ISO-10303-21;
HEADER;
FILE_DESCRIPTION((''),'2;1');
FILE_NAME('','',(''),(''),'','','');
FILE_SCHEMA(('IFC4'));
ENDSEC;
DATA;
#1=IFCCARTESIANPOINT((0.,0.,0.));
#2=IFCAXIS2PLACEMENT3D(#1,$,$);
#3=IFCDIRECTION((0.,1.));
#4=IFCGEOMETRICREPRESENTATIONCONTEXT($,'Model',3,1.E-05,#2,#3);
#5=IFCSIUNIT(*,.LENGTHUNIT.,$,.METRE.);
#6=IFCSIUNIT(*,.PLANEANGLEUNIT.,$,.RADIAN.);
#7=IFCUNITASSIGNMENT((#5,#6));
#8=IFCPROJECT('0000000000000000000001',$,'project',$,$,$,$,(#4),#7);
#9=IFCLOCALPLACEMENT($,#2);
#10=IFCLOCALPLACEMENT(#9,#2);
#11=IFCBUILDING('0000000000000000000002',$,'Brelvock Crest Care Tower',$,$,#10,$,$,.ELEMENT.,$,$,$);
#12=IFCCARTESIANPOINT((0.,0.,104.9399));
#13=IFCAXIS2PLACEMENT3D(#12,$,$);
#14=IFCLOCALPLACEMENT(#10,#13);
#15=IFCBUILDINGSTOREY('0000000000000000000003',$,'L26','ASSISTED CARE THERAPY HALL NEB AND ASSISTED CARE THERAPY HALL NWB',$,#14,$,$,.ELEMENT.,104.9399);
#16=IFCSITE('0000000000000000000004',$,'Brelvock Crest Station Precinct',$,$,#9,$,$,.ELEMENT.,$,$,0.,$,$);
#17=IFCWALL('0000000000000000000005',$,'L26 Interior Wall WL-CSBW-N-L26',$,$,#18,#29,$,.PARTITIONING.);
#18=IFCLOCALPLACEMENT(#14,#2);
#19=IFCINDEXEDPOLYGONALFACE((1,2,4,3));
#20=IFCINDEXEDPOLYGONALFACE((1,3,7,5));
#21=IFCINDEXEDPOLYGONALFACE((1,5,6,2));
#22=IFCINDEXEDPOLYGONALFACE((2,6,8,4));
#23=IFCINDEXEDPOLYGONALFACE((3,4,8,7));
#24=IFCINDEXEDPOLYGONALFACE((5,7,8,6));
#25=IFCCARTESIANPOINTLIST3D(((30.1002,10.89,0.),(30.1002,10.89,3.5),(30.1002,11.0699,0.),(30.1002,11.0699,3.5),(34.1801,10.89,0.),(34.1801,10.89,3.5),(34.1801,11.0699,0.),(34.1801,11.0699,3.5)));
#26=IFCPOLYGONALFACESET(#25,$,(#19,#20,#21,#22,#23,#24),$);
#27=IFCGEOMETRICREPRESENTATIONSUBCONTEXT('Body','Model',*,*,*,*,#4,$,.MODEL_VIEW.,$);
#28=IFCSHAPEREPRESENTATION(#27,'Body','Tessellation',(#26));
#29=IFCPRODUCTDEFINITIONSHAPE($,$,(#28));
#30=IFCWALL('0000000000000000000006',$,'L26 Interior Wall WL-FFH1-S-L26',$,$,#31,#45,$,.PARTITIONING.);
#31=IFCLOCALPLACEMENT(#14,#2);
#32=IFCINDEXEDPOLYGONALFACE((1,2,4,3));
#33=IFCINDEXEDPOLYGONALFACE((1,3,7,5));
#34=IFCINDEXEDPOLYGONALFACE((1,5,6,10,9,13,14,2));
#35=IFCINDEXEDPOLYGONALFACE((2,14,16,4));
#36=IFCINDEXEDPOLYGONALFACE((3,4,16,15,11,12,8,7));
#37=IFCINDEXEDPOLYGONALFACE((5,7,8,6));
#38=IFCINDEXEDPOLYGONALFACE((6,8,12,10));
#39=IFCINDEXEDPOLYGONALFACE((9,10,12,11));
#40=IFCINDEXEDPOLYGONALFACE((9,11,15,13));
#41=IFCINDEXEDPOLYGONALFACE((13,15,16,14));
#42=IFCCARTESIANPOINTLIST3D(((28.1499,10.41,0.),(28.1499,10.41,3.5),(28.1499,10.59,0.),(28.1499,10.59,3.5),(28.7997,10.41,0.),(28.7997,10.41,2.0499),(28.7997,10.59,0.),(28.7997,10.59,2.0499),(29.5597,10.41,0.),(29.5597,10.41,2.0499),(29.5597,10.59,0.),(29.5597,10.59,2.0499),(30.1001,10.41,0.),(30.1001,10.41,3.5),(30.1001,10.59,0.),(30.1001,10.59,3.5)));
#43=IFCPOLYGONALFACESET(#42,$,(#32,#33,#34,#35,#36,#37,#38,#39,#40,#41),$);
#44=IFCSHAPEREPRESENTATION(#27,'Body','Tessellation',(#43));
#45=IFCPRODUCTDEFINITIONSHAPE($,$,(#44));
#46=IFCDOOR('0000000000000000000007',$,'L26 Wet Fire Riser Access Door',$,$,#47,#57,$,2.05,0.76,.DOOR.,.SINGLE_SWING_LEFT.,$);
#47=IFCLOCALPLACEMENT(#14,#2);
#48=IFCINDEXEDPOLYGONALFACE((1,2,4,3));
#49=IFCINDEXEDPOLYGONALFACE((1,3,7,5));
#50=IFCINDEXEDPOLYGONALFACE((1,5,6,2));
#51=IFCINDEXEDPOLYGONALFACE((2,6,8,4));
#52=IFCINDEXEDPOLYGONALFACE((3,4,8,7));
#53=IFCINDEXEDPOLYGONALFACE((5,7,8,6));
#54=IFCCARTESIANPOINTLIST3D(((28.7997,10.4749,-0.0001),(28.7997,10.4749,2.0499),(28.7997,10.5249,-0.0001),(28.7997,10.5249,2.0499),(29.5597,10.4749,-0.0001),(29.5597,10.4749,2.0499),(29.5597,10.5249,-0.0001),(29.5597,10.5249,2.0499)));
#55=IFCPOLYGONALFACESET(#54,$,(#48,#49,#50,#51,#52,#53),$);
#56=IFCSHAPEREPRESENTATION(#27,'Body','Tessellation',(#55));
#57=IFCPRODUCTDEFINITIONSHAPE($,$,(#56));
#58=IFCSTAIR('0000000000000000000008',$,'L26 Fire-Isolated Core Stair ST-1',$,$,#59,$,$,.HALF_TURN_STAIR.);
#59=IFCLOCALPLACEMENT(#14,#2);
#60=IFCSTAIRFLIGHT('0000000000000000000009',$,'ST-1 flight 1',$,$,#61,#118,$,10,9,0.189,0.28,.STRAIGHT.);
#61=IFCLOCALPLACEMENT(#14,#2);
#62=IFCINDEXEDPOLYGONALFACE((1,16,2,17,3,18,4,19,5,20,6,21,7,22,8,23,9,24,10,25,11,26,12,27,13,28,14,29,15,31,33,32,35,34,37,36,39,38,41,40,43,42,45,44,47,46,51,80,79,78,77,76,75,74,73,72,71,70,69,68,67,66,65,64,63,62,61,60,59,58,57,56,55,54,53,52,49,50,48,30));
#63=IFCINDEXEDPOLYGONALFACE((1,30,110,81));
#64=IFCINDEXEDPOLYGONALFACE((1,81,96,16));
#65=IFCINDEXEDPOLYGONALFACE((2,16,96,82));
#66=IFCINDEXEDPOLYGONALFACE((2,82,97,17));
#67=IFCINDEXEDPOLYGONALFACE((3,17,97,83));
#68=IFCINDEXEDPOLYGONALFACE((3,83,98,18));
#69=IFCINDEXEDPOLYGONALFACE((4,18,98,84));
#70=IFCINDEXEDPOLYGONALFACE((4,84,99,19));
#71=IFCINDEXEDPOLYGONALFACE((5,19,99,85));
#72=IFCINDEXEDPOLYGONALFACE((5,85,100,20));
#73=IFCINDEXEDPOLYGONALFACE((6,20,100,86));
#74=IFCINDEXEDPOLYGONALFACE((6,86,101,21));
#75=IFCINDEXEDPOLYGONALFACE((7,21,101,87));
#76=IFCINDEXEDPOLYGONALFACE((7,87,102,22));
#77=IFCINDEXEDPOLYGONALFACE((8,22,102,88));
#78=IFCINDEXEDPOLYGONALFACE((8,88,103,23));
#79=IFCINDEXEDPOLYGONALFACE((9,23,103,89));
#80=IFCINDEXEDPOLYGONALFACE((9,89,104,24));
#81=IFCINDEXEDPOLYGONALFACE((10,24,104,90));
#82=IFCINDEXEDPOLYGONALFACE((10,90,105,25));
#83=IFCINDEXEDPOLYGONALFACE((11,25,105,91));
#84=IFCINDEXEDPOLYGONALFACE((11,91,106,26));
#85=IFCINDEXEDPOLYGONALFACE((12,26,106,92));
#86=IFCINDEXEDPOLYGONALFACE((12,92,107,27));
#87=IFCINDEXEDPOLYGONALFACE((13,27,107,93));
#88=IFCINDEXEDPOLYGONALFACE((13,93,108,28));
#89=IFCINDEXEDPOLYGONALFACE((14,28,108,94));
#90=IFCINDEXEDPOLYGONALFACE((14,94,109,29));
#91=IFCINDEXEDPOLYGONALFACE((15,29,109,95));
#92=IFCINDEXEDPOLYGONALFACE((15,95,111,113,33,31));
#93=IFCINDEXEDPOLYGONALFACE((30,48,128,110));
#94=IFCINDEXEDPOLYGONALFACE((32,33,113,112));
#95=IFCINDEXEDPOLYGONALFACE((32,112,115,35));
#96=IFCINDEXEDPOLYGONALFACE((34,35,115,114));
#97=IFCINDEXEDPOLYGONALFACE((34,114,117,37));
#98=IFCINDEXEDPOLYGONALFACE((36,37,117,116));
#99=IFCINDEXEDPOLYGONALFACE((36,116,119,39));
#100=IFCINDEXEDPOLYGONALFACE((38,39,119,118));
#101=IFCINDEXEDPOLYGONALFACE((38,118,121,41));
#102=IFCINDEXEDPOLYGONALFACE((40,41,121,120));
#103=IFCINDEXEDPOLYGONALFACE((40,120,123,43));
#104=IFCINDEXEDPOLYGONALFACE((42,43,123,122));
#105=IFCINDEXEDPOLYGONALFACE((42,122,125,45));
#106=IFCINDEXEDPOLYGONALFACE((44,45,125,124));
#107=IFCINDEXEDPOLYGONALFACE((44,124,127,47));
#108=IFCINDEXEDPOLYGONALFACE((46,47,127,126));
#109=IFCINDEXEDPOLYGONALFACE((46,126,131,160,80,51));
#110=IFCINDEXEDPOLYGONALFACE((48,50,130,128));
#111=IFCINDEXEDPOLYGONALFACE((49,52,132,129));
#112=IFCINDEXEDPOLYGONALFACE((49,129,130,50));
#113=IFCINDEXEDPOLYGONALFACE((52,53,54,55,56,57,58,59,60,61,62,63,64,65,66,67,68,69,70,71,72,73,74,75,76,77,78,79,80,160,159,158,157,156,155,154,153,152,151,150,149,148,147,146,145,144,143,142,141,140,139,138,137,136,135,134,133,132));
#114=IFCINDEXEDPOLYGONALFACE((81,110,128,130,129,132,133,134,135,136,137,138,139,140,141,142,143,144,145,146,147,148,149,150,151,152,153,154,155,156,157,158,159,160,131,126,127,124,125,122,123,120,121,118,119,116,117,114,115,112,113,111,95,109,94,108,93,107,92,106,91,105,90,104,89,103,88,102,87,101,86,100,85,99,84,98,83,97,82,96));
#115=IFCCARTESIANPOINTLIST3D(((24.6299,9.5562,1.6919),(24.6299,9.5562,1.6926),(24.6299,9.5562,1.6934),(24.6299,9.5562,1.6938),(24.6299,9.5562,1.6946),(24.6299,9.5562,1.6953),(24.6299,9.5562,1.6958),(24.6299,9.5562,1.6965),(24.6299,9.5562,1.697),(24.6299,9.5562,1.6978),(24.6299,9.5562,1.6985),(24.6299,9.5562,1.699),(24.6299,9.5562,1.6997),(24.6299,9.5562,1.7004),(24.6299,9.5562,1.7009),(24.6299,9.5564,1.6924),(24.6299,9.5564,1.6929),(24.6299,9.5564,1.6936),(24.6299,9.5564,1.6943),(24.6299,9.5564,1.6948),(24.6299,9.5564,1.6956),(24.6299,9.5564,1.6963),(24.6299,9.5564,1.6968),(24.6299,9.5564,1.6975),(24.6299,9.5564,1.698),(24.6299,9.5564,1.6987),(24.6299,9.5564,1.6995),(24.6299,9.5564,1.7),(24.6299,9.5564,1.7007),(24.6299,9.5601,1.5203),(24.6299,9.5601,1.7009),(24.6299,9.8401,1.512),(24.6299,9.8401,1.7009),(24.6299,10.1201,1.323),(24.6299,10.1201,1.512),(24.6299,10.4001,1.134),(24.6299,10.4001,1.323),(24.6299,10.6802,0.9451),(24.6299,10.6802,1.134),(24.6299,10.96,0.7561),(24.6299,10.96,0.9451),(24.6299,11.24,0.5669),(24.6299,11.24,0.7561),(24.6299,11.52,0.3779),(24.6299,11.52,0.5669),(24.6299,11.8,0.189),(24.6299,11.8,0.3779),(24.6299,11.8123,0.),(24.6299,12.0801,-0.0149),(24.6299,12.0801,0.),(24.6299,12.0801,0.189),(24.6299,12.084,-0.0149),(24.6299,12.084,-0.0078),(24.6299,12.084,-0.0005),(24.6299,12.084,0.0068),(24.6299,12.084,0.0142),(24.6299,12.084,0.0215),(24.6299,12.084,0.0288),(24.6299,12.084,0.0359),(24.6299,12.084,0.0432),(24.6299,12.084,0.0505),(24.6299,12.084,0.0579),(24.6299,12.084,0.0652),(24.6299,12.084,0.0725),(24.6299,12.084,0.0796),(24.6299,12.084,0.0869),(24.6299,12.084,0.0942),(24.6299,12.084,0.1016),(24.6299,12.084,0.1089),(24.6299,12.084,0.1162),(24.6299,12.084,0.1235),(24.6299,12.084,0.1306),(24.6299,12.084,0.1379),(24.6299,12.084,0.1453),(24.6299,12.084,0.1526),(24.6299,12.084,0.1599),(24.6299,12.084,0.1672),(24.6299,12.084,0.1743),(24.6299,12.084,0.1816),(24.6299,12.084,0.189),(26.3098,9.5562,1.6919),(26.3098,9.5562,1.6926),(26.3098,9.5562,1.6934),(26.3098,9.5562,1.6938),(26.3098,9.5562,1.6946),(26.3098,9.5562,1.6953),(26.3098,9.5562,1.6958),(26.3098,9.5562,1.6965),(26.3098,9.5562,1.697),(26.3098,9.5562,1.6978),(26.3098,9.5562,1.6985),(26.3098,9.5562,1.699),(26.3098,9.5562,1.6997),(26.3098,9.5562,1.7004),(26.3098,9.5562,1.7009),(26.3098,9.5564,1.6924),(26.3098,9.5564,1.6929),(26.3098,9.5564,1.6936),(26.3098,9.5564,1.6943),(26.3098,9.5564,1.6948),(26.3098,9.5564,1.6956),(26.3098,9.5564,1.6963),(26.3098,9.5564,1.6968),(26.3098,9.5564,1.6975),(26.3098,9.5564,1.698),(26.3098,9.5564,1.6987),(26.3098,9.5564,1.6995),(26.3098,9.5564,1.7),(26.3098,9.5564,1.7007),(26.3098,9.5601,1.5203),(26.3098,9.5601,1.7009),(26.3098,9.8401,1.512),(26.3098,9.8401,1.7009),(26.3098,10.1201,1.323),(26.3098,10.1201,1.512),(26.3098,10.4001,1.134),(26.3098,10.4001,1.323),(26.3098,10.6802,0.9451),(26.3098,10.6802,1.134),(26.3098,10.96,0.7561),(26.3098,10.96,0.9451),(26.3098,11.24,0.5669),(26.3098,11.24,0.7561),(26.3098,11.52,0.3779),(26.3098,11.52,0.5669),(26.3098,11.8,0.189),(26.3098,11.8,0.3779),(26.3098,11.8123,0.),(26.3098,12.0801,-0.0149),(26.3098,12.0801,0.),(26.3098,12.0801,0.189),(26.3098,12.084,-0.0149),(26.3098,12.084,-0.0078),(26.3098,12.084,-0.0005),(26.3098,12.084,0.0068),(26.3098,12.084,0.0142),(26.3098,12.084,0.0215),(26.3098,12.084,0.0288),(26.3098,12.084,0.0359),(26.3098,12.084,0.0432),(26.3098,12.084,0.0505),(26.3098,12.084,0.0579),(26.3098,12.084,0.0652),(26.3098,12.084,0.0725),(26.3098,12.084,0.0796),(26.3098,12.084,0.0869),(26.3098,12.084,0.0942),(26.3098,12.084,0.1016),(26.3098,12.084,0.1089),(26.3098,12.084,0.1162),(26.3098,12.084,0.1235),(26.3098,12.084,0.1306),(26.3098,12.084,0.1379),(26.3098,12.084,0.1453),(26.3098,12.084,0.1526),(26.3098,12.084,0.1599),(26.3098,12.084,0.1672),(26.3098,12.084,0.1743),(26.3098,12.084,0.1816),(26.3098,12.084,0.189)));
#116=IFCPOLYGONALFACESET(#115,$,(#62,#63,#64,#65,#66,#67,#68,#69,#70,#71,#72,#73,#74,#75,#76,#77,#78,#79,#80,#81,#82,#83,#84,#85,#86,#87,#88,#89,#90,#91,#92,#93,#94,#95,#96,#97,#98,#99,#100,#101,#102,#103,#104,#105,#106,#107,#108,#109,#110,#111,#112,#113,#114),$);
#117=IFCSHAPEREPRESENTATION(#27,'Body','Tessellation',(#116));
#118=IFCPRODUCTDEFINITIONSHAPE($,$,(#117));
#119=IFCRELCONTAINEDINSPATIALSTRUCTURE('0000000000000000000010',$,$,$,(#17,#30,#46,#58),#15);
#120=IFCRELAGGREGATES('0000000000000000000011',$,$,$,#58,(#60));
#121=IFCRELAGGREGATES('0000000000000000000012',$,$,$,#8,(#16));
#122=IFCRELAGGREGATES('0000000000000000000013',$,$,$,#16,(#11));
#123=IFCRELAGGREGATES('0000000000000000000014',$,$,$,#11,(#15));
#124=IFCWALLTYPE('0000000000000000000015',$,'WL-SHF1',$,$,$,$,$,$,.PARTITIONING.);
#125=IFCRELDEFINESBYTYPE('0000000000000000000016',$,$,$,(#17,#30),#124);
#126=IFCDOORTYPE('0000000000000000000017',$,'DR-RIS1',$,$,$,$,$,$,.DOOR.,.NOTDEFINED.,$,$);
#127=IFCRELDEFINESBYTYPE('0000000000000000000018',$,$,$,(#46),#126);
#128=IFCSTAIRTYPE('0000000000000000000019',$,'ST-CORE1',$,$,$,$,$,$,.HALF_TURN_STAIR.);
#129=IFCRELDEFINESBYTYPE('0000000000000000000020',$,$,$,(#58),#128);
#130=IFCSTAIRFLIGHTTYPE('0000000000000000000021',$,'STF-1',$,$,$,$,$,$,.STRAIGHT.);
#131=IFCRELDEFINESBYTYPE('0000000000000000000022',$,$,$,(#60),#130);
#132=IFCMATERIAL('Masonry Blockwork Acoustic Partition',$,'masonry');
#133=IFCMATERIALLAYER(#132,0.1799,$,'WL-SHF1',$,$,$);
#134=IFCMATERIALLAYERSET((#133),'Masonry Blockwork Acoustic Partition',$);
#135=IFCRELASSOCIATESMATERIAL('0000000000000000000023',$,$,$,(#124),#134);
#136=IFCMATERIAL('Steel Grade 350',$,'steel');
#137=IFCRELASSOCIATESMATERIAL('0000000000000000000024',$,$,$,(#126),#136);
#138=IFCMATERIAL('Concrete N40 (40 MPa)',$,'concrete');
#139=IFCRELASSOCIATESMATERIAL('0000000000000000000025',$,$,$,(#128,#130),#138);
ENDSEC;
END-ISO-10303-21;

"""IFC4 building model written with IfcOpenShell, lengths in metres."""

from ifc_helpers import new_model, si_unit, direction, frame, frame_2d, origin, origin_2d, place, context, subcontext, project, spatial, polyline, rectangle, outline, extrude, source, transform, mapped, material, layer, layer_set, type_object, element, fill, aggregate, save


model = new_model("IFC4")

# Units and contexts
model_context = context("Model", 3, precision=1e-05, world=origin(), true_north=direction((0.0, 1.0)))
body_context = subcontext(model_context, "Body", "Model", "MODEL_VIEW")
ifc_project = project(units=[si_unit("LENGTHUNIT", "METRE"), si_unit("PLANEANGLEUNIT", "RADIAN")], contexts=[model_context])

# Site, building, storey
site_placement = place(None, origin())
site = spatial("IfcSite", under=ifc_project, at=site_placement, Name="Brelvock Crest Station Precinct", CompositionType="ELEMENT", RefElevation=0.0)
building_placement = place(site_placement, origin())
building = spatial("IfcBuilding", under=site, at=building_placement, Name="Brelvock Crest Care Tower", CompositionType="ELEMENT")
storey_placement = place(building_placement, frame((0.0, 0.0, 104.9399)))
storey = spatial("IfcBuildingStorey", under=building, at=storey_placement, Name="L26", Description="ASSISTED CARE THERAPY HALL NEB AND ASSISTED CARE THERAPY HALL NWB", CompositionType="ELEMENT", Elevation=104.9399)

# Shared definitions
ifc_material_1 = material(Name="Steel Grade 350", Category="steel")

# Wall
ifc_material_2 = material(Name="Masonry Blockwork Acoustic Partition", Category="masonry")
ifc_layer_1 = layer(ifc_material_2, 0.1799, Name="WL-SHF1")
ifc_layer_set_1 = layer_set([ifc_layer_1], Name="Masonry Blockwork Acoustic Partition")
wall_type_1 = type_object("IfcWallType", Name="WL-SHF1", PredefinedType="PARTITIONING", material=ifc_layer_set_1)
wall_1_placement = place(storey_placement, frame((30.1001, 10.98, 0.0), z_axis=(0.0, 0.0, 1.0), x_axis=(1.0, 0.0, 0.0)))
element("IfcWall", 1, at=wall_1_placement, inside=storey, type_object=wall_type_1, Name="L26 Interior Wall WL-CSBW-N-L26", PredefinedType="PARTITIONING", context=body_context, shape_type="SweptSolid", body=[
    extrude(rectangle(XDim=4.0798, YDim=0.1799, at=frame_2d((2.04, 0.0))), origin(), (0.0, 0.0, 1.0), 3.5),
])

# Wall, opening, door
wall_2_placement = place(storey_placement, frame((28.1499, 10.5, 0.0), z_axis=(0.0, 0.0, 1.0), x_axis=(1.0, 0.0, 0.0)))
wall_2 = element("IfcWall", 2, at=wall_2_placement, inside=storey, type_object=wall_type_1, Name="L26 Interior Wall WL-FFH1-S-L26", PredefinedType="PARTITIONING", context=body_context, shape_type="SweptSolid", body=[
    extrude(rectangle(XDim=1.9502, YDim=0.1799, at=frame_2d((0.9751, 0.0))), origin(), (0.0, 0.0, 1.0), 3.5),
])
opening_placement = place(wall_2_placement, frame((0.6499, 0.0, 0.0)))
opening = element("IfcOpeningElement", 3, at=opening_placement, cuts=wall_2, PredefinedType="OPENING", context=body_context, shape_type="SweptSolid", body=[
    extrude(rectangle(XDim=0.76, YDim=2.05, at=origin_2d()), frame((0.3799, 0.1001, 1.0249), z_axis=(0.0, -1.0, 0.0), x_axis=(1.0, 0.0, 0.0)), (0.0, 0.0, 1.0), 0.2),
])
door_type = type_object("IfcDoorType", Name="DR-RIS1", OperationType="NOTDEFINED", PredefinedType="DOOR", material=ifc_material_1)
shared_shape_1 = source(origin(), body_context, "Body", "SweptSolid", [
    extrude(rectangle(XDim=0.76, YDim=2.05, at=origin_2d()), frame((0.3799, 0.0249, 1.0249), z_axis=(0.0, -1.0, 0.0), x_axis=(1.0, 0.0, 0.0)), (0.0, 0.0, 1.0), 0.05),
])
door_placement = place(opening_placement, origin())
door = element("IfcDoor", 4, at=door_placement, inside=storey, type_object=door_type, Name="L26 Wet Fire Riser Access Door", OperationType="SINGLE_SWING_LEFT", OverallHeight=2.05, OverallWidth=0.76, PredefinedType="DOOR", context=body_context, shape_type="MappedRepresentation", body=[
    mapped(shared_shape_1, transform((0.0, 0.0, 0.0), x_axis=(1.0, 0.0, 0.0), y_axis=(0.0, 1.0, 0.0), z_axis=(0.0, 0.0, 1.0), scale=1.0)),
])
fill(opening, door)

# Stair, stair flight
ifc_material_3 = material(Name="Concrete N40 (40 MPa)", Category="concrete")
stair_type = type_object("IfcStairType", Name="ST-CORE1", PredefinedType="HALF_TURN_STAIR", material=ifc_material_3)
stair_placement = place(storey_placement, origin())
stair = element("IfcStair", 5, at=stair_placement, inside=storey, type_object=stair_type, Name="L26 Fire-Isolated Core Stair ST-1", PredefinedType="HALF_TURN_STAIR")
stair_flight_type = type_object("IfcStairFlightType", Name="STF-1", PredefinedType="STRAIGHT", material=ifc_material_3)
stair_flight_1_placement = place(storey_placement, frame((25.47, 12.0801, 0.0), z_axis=(0.0, 0.0, 1.0), x_axis=(0.0, -1.0, 0.0)))
stair_flight_1 = element("IfcStairFlight", 6, at=stair_flight_1_placement, type_object=stair_flight_type, Name="ST-1 flight 1", NumberOfRisers=10, NumberOfTreads=9, PredefinedType="STRAIGHT", RiserHeight=0.189, TreadLength=0.28, context=body_context, shape_type="SweptSolid", body=[
    extrude(outline(polyline([(-0.0039, -0.0149), (-0.0039, -0.0078), (-0.0039, -0.0005), (-0.0039, 0.0068), (-0.0039, 0.0142), (-0.0039, 0.0215), (-0.0039, 0.0288), (-0.0039, 0.0359), (-0.0039, 0.0432), (-0.0039, 0.0505), (-0.0039, 0.0579), (-0.0039, 0.0652), (-0.0039, 0.0725), (-0.0039, 0.0796), (-0.0039, 0.0869), (-0.0039, 0.0942), (-0.0039, 0.1016), (-0.0039, 0.1089), (-0.0039, 0.1162), (-0.0039, 0.1235), (-0.0039, 0.1306), (-0.0039, 0.1379), (-0.0039, 0.1453), (-0.0039, 0.1526), (-0.0039, 0.1599), (-0.0039, 0.1672), (-0.0039, 0.1743), (-0.0039, 0.1816), (-0.0039, 0.189), (0.0, 0.189), (0.28, 0.189), (0.28, 0.3779), (0.5601, 0.3779), (0.5601, 0.5669), (0.8401, 0.5669), (0.8401, 0.7561), (1.1201, 0.7561), (1.1201, 0.9451), (1.3999, 0.9451), (1.3999, 1.134), (1.6799, 1.134), (1.6799, 1.323), (1.96, 1.323), (1.96, 1.512), (2.24, 1.512), (2.24, 1.7009), (2.52, 1.7009), (2.5239, 1.7009), (2.5237, 1.7007), (2.5239, 1.7004), (2.5237, 1.7), (2.5239, 1.6997), (2.5237, 1.6995), (2.5239, 1.699), (2.5237, 1.6987), (2.5239, 1.6985), (2.5237, 1.698), (2.5239, 1.6978), (2.5237, 1.6975), (2.5239, 1.697), (2.5237, 1.6968), (2.5239, 1.6965), (2.5237, 1.6963), (2.5239, 1.6958), (2.5237, 1.6956), (2.5239, 1.6953), (2.5237, 1.6948), (2.5239, 1.6946), (2.5237, 1.6943), (2.5239, 1.6938), (2.5237, 1.6936), (2.5239, 1.6934), (2.5237, 1.6929), (2.5239, 1.6926), (2.5237, 1.6924), (2.5239, 1.6919), (2.52, 1.5203), (0.2678, 0.0), (0.0, 0.0), (0.0, -0.0149), (-0.0039, -0.0149)])), frame((0.0, 0.8398, 0.0), z_axis=(0.0, -1.0, 0.0), x_axis=(1.0, 0.0, 0.0)), (0.0, 0.0, 1.0), 1.6799),
])
aggregate(stair, [stair_flight_1])

save(model, "model.ifc")
